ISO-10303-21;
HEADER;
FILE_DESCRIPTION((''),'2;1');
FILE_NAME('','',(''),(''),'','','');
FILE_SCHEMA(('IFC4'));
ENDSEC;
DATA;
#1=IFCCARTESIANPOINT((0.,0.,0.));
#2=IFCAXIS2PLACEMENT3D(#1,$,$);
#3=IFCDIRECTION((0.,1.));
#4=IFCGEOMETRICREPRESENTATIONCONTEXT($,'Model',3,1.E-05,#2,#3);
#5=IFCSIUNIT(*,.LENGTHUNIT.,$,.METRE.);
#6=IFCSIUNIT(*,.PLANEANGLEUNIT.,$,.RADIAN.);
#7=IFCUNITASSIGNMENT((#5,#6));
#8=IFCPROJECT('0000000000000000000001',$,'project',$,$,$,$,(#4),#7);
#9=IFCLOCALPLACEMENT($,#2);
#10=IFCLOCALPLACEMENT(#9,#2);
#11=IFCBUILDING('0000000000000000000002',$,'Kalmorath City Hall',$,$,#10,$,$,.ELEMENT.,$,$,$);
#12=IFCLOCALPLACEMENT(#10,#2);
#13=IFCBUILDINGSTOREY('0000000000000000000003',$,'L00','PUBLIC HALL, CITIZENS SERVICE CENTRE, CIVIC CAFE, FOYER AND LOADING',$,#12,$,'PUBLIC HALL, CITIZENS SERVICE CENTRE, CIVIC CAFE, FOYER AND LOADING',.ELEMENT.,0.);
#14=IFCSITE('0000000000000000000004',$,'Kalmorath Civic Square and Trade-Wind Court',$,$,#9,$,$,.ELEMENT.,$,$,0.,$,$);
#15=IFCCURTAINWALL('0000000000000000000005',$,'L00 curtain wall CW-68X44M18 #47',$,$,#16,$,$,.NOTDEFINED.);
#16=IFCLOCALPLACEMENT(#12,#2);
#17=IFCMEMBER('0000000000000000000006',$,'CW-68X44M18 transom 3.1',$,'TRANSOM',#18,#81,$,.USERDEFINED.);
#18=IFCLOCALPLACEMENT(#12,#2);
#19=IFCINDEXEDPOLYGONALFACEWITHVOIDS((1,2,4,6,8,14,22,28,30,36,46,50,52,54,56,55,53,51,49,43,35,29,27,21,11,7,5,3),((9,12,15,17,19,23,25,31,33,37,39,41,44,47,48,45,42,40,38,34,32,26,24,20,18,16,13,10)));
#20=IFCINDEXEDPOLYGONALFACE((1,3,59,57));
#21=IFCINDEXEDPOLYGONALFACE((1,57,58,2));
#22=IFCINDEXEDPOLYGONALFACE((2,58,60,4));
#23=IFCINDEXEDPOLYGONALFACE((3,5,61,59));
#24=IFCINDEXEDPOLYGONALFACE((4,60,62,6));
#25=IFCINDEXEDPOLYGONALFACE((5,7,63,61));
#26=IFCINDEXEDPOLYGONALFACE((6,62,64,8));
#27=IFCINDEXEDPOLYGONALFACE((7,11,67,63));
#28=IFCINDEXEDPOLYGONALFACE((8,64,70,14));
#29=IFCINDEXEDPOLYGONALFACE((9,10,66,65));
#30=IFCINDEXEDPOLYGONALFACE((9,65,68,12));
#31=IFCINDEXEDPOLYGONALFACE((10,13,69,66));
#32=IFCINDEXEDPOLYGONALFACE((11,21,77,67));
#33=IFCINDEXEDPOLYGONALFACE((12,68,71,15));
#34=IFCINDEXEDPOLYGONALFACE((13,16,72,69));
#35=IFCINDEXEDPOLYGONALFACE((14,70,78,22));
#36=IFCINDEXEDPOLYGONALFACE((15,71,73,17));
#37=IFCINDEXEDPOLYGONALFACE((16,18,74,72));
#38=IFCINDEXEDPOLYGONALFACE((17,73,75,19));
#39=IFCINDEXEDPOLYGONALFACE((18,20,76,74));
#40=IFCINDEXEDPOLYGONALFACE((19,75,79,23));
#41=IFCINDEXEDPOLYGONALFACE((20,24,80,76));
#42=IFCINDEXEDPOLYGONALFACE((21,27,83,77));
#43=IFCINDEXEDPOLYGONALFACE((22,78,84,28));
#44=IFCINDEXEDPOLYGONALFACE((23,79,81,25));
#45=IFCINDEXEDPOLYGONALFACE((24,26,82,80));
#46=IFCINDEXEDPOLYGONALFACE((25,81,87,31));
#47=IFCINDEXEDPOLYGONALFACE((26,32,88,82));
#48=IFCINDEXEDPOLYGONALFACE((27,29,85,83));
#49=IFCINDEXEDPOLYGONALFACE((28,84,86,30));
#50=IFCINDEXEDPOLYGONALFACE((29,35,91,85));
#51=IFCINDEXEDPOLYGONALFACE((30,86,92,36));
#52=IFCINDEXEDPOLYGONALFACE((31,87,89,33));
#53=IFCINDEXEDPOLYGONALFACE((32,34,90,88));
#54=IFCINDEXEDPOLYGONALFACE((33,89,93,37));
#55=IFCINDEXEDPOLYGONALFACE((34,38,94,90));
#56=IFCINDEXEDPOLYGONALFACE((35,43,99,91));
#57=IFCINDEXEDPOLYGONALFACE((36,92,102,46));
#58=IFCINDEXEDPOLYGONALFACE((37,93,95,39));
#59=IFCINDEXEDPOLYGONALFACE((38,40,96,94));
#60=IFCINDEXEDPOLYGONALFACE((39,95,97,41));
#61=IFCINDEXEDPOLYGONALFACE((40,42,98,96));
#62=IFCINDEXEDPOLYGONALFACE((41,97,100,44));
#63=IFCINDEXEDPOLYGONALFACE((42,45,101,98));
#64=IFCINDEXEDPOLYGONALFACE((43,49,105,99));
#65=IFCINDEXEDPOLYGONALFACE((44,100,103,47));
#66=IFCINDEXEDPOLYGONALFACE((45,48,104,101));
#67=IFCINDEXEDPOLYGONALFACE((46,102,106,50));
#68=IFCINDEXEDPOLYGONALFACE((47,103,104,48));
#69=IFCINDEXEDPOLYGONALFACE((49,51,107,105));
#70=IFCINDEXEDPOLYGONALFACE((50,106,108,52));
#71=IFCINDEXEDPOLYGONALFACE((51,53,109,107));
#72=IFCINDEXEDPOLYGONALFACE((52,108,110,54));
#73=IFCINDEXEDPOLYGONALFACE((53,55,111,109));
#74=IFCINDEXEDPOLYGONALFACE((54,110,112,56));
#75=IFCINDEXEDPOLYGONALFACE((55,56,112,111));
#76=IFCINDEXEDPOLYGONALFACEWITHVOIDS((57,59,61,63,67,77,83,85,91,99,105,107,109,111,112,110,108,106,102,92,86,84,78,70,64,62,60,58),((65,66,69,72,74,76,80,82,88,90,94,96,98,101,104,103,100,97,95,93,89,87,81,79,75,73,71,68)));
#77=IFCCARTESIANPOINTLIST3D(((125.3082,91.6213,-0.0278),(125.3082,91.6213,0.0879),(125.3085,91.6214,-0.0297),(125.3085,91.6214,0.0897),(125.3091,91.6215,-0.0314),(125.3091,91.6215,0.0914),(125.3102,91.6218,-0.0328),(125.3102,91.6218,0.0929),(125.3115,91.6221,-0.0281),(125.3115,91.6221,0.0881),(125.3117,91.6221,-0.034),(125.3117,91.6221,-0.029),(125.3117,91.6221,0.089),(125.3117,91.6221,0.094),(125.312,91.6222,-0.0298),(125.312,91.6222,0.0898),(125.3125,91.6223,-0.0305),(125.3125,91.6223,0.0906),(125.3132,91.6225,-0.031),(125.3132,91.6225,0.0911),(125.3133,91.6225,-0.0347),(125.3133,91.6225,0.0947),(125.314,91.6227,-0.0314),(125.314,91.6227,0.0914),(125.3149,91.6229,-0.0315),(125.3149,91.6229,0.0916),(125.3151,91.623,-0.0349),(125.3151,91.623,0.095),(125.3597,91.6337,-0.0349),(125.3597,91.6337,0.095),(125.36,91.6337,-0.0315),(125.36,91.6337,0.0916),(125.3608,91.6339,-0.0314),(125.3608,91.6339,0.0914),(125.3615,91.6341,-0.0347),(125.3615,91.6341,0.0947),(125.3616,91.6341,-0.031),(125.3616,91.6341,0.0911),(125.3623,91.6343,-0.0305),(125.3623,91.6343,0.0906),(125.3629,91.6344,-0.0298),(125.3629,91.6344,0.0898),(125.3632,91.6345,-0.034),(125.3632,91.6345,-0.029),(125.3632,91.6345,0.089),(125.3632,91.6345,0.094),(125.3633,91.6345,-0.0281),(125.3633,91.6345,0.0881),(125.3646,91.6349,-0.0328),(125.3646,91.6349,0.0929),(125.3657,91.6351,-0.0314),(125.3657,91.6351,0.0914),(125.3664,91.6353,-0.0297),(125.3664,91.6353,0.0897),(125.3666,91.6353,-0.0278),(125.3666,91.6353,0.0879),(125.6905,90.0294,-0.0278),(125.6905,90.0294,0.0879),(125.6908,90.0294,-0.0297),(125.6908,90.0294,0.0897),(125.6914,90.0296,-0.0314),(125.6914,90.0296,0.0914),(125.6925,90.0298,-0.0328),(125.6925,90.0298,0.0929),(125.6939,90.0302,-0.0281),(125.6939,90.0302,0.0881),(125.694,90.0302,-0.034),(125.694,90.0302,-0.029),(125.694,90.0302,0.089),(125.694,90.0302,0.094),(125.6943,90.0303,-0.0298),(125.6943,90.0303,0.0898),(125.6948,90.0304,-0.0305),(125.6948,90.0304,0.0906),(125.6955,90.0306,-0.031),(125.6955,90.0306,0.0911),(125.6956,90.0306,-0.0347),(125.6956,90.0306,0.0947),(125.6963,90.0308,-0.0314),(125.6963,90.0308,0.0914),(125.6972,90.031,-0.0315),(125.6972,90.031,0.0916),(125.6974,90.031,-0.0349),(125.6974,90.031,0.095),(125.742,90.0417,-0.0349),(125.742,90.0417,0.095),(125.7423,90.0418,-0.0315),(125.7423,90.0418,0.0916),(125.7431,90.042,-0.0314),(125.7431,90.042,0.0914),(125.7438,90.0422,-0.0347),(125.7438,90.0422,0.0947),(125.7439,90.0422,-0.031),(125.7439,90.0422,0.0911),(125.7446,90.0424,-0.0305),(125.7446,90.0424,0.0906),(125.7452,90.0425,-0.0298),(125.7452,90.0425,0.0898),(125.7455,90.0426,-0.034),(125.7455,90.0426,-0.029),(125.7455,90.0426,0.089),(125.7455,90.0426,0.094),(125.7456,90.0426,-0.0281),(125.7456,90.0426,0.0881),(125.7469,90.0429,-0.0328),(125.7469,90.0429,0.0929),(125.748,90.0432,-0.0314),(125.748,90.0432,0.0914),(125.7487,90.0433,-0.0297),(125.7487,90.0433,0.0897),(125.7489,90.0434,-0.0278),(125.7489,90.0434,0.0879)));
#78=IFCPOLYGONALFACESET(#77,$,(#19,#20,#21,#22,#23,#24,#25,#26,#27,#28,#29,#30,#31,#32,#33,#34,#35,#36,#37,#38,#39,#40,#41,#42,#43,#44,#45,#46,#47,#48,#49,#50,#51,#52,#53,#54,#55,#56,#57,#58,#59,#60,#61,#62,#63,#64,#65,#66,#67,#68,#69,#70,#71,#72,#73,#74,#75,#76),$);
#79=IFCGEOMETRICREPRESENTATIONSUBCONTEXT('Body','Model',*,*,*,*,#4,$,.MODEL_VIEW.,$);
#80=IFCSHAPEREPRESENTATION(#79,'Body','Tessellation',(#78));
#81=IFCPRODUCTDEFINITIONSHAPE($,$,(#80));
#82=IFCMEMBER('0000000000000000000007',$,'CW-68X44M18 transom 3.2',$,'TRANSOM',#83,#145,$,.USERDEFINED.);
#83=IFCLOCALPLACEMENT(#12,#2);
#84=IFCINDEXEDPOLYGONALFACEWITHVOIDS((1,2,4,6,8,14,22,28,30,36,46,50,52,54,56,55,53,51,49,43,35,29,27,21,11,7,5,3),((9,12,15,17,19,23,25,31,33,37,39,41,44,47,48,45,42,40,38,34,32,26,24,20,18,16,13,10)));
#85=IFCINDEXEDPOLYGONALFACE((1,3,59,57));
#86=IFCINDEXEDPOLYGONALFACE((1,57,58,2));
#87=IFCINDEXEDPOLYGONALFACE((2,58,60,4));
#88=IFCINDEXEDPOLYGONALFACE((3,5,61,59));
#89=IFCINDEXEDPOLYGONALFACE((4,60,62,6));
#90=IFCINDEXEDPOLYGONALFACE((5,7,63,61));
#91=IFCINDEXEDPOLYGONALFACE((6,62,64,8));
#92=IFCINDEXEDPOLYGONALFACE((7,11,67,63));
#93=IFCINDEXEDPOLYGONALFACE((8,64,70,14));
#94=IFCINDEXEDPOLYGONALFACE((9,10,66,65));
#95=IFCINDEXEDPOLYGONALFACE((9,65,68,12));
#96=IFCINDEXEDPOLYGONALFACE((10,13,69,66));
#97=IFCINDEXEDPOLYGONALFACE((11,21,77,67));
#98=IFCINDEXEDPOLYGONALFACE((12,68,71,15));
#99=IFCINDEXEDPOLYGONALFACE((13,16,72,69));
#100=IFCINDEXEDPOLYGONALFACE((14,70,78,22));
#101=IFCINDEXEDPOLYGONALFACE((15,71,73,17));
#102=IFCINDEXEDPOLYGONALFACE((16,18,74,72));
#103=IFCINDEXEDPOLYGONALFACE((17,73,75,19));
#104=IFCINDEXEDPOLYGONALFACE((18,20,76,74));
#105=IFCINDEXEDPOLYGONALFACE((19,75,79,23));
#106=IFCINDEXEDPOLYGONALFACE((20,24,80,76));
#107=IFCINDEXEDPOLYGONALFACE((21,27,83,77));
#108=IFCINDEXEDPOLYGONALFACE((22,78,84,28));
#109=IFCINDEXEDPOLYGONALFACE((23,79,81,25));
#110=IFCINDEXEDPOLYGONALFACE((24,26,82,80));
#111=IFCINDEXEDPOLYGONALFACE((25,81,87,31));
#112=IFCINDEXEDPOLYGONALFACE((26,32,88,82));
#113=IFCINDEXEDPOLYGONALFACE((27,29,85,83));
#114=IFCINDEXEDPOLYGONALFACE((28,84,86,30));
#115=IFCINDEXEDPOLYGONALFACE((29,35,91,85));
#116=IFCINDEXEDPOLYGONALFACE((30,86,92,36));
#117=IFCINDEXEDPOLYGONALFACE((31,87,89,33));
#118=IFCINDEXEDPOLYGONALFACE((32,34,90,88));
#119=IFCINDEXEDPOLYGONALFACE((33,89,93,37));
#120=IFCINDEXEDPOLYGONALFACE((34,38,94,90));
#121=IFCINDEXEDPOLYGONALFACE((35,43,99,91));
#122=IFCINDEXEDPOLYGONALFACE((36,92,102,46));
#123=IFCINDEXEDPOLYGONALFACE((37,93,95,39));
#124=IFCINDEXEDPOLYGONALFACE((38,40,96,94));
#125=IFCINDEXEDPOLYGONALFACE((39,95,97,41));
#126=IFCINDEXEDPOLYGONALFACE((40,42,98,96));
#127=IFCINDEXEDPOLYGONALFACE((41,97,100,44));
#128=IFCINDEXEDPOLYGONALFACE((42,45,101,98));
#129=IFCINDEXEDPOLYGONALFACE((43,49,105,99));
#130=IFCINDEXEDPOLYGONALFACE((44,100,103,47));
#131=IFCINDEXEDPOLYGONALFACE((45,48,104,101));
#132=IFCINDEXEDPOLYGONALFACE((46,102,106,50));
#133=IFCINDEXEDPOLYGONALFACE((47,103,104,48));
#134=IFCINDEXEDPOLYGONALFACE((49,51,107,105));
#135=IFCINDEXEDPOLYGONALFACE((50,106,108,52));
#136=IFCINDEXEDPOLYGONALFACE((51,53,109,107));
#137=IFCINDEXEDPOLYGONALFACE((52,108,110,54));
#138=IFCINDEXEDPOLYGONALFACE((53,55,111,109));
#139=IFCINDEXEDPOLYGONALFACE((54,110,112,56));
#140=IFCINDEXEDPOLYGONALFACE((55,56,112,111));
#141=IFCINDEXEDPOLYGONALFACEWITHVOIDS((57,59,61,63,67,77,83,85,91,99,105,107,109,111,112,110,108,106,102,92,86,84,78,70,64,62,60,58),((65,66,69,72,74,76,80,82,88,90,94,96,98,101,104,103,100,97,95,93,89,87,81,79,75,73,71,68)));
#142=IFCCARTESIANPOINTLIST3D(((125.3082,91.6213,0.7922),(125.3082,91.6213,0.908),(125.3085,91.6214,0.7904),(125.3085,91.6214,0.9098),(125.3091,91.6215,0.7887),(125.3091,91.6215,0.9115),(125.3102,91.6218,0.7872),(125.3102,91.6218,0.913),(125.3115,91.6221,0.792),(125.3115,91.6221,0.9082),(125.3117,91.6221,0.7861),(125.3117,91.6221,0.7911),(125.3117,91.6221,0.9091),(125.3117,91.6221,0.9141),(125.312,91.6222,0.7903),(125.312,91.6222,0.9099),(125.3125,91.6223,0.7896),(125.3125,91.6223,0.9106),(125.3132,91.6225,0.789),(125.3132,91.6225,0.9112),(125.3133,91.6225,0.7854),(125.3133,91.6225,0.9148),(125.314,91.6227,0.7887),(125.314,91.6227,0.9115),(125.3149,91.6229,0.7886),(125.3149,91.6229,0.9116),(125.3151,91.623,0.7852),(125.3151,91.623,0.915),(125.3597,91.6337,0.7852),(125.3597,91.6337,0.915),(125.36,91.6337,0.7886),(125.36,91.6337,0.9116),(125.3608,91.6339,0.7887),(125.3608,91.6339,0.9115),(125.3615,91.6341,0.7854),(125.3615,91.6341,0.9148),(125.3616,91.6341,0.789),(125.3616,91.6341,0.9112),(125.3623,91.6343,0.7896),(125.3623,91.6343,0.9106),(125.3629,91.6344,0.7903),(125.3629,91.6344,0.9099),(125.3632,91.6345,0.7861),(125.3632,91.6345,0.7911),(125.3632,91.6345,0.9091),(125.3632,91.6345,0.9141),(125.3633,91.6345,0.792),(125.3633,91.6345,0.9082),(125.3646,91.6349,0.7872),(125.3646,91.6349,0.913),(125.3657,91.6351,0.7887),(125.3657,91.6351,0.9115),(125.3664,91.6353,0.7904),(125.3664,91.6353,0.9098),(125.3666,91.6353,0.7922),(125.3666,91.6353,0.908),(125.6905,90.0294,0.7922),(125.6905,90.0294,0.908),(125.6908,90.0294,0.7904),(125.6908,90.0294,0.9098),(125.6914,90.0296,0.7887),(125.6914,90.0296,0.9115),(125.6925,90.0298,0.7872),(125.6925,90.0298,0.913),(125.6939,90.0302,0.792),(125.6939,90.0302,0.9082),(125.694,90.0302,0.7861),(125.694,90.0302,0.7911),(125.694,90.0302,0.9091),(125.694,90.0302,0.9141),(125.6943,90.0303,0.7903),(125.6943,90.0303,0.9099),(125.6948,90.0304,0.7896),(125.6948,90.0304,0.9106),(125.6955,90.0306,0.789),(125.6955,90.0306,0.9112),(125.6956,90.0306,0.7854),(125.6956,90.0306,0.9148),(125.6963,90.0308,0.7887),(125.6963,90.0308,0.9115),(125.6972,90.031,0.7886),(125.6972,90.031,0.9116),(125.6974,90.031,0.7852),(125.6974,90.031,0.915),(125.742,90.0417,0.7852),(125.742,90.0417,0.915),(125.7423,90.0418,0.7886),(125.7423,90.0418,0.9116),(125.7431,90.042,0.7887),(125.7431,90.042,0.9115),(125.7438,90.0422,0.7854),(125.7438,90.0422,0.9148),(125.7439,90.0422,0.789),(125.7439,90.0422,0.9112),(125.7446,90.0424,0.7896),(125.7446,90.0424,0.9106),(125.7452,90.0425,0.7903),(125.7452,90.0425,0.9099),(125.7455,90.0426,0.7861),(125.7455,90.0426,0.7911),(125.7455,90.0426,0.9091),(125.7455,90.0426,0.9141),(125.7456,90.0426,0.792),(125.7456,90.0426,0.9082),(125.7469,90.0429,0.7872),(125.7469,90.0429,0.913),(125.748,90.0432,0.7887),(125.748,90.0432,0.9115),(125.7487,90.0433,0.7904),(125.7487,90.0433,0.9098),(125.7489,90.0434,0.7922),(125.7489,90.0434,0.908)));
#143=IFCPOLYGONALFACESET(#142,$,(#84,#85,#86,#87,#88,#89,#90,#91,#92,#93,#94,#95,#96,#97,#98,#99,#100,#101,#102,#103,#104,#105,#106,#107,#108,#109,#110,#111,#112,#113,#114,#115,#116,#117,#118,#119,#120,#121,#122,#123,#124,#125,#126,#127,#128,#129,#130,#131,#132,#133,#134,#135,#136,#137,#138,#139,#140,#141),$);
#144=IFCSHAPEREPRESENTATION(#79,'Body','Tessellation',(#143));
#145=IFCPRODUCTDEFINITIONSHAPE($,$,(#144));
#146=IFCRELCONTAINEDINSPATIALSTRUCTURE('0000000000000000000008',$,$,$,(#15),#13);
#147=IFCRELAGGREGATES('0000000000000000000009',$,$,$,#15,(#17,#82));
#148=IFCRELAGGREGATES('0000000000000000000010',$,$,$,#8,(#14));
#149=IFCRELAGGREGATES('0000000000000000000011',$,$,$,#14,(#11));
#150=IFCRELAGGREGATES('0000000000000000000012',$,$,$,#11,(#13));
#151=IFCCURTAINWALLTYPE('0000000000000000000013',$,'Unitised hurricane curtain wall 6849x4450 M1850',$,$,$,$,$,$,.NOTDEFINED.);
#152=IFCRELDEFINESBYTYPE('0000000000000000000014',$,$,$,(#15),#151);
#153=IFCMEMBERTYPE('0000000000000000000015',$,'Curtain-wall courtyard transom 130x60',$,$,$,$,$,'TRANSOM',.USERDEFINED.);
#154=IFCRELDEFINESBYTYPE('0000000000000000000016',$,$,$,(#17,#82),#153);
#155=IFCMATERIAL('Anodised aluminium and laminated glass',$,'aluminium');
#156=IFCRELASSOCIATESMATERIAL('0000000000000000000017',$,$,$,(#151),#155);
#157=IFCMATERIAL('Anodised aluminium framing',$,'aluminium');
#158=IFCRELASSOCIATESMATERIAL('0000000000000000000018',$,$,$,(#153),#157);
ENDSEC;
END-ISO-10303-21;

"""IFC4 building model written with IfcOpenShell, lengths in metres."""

from ifc_helpers import new_model, si_unit, direction, frame, origin, origin_2d, place, context, subcontext, project, spatial, hollow_rectangle, extrude, material, material_profile, profile_set, type_object, element, aggregate, save


model = new_model("IFC4")

# Units and contexts
model_context = context("Model", 3, precision=1e-05, world=origin(), true_north=direction((0.0, 1.0)))
body_context = subcontext(model_context, "Body", "Model", "MODEL_VIEW")
ifc_project = project(units=[si_unit("LENGTHUNIT", "METRE"), si_unit("PLANEANGLEUNIT", "RADIAN")], contexts=[model_context])

# Site, building, storey
site_placement = place(None, origin())
site = spatial("IfcSite", under=ifc_project, at=site_placement, Name="Kalmorath Civic Square and Trade-Wind Court", CompositionType="ELEMENT", RefElevation=0.0)
building_placement = place(site_placement, origin())
building = spatial("IfcBuilding", under=site, at=building_placement, Name="Kalmorath City Hall", CompositionType="ELEMENT")
storey_placement = place(building_placement, origin())
storey = spatial("IfcBuildingStorey", under=building, at=storey_placement, Name="L00", Description="PUBLIC HALL, CITIZENS SERVICE CENTRE, CIVIC CAFE, FOYER AND LOADING", LongName="PUBLIC HALL, CITIZENS SERVICE CENTRE, CIVIC CAFE, FOYER AND LOADING", CompositionType="ELEMENT", Elevation=0.0)

# Curtain wall, members
ifc_material_1 = material(Name="Anodised aluminium and laminated glass", Category="aluminium")
curtain_wall_type = type_object("IfcCurtainWallType", Name="Unitised hurricane curtain wall 6849x4450 M1850", PredefinedType="NOTDEFINED", material=ifc_material_1)
curtain_wall_placement = place(storey_placement, origin())
curtain_wall = element("IfcCurtainWall", 1, at=curtain_wall_placement, inside=storey, type_object=curtain_wall_type, Name="L00 curtain wall CW-68X44M18 #47", PredefinedType="NOTDEFINED")
ifc_material_2 = material(Name="Anodised aluminium framing", Category="aluminium")
ifc_material_profile_1 = material_profile(ifc_material_2, hollow_rectangle(XDim=0.0601, YDim=0.1299, WallThickness=0.0034, InnerFilletRadius=0.0034, OuterFilletRadius=0.0071, at=origin_2d()), Name="ALU-TRN-130X60X3.5")
ifc_profile_set_1 = profile_set([ifc_material_profile_1], Name="Anodised aluminium framing")
member_type_1 = type_object("IfcMemberType", Name="Curtain-wall courtyard transom 130x60", ElementType="TRANSOM", PredefinedType="USERDEFINED", material=ifc_profile_set_1)
member_1_placement = place(storey_placement, frame((125.7197, 90.0364, 0.03), z_axis=(-0.233508, 0.972355, 0.0), x_axis=(-0.972355, -0.233508, 0.0)))
member_1 = element("IfcMember", 2, at=member_1_placement, type_object=member_type_1, Name="CW-68X44M18 transom 3.1", ObjectType="TRANSOM", PredefinedType="USERDEFINED", context=body_context, shape_type="SweptSolid", body=[
    extrude(hollow_rectangle(XDim=0.0601, YDim=0.1299, WallThickness=0.0034, InnerFilletRadius=0.0034, OuterFilletRadius=0.0071, at=origin_2d()), origin(), (0.0, 0.0, 1.0), 1.6372),
])
member_2_placement = place(storey_placement, frame((125.7197, 90.0364, 0.8501), z_axis=(-0.233508, 0.972355, 0.0), x_axis=(-0.972355, -0.233508, 0.0)))
member_2 = element("IfcMember", 3, at=member_2_placement, type_object=member_type_1, Name="CW-68X44M18 transom 3.2", ObjectType="TRANSOM", PredefinedType="USERDEFINED", context=body_context, shape_type="SweptSolid", body=[
    extrude(hollow_rectangle(XDim=0.0601, YDim=0.1299, WallThickness=0.0034, InnerFilletRadius=0.0034, OuterFilletRadius=0.0071, at=origin_2d()), origin(), (0.0, 0.0, 1.0), 1.6372),
])
aggregate(curtain_wall, [member_1, member_2])

save(model, "model.ifc")
